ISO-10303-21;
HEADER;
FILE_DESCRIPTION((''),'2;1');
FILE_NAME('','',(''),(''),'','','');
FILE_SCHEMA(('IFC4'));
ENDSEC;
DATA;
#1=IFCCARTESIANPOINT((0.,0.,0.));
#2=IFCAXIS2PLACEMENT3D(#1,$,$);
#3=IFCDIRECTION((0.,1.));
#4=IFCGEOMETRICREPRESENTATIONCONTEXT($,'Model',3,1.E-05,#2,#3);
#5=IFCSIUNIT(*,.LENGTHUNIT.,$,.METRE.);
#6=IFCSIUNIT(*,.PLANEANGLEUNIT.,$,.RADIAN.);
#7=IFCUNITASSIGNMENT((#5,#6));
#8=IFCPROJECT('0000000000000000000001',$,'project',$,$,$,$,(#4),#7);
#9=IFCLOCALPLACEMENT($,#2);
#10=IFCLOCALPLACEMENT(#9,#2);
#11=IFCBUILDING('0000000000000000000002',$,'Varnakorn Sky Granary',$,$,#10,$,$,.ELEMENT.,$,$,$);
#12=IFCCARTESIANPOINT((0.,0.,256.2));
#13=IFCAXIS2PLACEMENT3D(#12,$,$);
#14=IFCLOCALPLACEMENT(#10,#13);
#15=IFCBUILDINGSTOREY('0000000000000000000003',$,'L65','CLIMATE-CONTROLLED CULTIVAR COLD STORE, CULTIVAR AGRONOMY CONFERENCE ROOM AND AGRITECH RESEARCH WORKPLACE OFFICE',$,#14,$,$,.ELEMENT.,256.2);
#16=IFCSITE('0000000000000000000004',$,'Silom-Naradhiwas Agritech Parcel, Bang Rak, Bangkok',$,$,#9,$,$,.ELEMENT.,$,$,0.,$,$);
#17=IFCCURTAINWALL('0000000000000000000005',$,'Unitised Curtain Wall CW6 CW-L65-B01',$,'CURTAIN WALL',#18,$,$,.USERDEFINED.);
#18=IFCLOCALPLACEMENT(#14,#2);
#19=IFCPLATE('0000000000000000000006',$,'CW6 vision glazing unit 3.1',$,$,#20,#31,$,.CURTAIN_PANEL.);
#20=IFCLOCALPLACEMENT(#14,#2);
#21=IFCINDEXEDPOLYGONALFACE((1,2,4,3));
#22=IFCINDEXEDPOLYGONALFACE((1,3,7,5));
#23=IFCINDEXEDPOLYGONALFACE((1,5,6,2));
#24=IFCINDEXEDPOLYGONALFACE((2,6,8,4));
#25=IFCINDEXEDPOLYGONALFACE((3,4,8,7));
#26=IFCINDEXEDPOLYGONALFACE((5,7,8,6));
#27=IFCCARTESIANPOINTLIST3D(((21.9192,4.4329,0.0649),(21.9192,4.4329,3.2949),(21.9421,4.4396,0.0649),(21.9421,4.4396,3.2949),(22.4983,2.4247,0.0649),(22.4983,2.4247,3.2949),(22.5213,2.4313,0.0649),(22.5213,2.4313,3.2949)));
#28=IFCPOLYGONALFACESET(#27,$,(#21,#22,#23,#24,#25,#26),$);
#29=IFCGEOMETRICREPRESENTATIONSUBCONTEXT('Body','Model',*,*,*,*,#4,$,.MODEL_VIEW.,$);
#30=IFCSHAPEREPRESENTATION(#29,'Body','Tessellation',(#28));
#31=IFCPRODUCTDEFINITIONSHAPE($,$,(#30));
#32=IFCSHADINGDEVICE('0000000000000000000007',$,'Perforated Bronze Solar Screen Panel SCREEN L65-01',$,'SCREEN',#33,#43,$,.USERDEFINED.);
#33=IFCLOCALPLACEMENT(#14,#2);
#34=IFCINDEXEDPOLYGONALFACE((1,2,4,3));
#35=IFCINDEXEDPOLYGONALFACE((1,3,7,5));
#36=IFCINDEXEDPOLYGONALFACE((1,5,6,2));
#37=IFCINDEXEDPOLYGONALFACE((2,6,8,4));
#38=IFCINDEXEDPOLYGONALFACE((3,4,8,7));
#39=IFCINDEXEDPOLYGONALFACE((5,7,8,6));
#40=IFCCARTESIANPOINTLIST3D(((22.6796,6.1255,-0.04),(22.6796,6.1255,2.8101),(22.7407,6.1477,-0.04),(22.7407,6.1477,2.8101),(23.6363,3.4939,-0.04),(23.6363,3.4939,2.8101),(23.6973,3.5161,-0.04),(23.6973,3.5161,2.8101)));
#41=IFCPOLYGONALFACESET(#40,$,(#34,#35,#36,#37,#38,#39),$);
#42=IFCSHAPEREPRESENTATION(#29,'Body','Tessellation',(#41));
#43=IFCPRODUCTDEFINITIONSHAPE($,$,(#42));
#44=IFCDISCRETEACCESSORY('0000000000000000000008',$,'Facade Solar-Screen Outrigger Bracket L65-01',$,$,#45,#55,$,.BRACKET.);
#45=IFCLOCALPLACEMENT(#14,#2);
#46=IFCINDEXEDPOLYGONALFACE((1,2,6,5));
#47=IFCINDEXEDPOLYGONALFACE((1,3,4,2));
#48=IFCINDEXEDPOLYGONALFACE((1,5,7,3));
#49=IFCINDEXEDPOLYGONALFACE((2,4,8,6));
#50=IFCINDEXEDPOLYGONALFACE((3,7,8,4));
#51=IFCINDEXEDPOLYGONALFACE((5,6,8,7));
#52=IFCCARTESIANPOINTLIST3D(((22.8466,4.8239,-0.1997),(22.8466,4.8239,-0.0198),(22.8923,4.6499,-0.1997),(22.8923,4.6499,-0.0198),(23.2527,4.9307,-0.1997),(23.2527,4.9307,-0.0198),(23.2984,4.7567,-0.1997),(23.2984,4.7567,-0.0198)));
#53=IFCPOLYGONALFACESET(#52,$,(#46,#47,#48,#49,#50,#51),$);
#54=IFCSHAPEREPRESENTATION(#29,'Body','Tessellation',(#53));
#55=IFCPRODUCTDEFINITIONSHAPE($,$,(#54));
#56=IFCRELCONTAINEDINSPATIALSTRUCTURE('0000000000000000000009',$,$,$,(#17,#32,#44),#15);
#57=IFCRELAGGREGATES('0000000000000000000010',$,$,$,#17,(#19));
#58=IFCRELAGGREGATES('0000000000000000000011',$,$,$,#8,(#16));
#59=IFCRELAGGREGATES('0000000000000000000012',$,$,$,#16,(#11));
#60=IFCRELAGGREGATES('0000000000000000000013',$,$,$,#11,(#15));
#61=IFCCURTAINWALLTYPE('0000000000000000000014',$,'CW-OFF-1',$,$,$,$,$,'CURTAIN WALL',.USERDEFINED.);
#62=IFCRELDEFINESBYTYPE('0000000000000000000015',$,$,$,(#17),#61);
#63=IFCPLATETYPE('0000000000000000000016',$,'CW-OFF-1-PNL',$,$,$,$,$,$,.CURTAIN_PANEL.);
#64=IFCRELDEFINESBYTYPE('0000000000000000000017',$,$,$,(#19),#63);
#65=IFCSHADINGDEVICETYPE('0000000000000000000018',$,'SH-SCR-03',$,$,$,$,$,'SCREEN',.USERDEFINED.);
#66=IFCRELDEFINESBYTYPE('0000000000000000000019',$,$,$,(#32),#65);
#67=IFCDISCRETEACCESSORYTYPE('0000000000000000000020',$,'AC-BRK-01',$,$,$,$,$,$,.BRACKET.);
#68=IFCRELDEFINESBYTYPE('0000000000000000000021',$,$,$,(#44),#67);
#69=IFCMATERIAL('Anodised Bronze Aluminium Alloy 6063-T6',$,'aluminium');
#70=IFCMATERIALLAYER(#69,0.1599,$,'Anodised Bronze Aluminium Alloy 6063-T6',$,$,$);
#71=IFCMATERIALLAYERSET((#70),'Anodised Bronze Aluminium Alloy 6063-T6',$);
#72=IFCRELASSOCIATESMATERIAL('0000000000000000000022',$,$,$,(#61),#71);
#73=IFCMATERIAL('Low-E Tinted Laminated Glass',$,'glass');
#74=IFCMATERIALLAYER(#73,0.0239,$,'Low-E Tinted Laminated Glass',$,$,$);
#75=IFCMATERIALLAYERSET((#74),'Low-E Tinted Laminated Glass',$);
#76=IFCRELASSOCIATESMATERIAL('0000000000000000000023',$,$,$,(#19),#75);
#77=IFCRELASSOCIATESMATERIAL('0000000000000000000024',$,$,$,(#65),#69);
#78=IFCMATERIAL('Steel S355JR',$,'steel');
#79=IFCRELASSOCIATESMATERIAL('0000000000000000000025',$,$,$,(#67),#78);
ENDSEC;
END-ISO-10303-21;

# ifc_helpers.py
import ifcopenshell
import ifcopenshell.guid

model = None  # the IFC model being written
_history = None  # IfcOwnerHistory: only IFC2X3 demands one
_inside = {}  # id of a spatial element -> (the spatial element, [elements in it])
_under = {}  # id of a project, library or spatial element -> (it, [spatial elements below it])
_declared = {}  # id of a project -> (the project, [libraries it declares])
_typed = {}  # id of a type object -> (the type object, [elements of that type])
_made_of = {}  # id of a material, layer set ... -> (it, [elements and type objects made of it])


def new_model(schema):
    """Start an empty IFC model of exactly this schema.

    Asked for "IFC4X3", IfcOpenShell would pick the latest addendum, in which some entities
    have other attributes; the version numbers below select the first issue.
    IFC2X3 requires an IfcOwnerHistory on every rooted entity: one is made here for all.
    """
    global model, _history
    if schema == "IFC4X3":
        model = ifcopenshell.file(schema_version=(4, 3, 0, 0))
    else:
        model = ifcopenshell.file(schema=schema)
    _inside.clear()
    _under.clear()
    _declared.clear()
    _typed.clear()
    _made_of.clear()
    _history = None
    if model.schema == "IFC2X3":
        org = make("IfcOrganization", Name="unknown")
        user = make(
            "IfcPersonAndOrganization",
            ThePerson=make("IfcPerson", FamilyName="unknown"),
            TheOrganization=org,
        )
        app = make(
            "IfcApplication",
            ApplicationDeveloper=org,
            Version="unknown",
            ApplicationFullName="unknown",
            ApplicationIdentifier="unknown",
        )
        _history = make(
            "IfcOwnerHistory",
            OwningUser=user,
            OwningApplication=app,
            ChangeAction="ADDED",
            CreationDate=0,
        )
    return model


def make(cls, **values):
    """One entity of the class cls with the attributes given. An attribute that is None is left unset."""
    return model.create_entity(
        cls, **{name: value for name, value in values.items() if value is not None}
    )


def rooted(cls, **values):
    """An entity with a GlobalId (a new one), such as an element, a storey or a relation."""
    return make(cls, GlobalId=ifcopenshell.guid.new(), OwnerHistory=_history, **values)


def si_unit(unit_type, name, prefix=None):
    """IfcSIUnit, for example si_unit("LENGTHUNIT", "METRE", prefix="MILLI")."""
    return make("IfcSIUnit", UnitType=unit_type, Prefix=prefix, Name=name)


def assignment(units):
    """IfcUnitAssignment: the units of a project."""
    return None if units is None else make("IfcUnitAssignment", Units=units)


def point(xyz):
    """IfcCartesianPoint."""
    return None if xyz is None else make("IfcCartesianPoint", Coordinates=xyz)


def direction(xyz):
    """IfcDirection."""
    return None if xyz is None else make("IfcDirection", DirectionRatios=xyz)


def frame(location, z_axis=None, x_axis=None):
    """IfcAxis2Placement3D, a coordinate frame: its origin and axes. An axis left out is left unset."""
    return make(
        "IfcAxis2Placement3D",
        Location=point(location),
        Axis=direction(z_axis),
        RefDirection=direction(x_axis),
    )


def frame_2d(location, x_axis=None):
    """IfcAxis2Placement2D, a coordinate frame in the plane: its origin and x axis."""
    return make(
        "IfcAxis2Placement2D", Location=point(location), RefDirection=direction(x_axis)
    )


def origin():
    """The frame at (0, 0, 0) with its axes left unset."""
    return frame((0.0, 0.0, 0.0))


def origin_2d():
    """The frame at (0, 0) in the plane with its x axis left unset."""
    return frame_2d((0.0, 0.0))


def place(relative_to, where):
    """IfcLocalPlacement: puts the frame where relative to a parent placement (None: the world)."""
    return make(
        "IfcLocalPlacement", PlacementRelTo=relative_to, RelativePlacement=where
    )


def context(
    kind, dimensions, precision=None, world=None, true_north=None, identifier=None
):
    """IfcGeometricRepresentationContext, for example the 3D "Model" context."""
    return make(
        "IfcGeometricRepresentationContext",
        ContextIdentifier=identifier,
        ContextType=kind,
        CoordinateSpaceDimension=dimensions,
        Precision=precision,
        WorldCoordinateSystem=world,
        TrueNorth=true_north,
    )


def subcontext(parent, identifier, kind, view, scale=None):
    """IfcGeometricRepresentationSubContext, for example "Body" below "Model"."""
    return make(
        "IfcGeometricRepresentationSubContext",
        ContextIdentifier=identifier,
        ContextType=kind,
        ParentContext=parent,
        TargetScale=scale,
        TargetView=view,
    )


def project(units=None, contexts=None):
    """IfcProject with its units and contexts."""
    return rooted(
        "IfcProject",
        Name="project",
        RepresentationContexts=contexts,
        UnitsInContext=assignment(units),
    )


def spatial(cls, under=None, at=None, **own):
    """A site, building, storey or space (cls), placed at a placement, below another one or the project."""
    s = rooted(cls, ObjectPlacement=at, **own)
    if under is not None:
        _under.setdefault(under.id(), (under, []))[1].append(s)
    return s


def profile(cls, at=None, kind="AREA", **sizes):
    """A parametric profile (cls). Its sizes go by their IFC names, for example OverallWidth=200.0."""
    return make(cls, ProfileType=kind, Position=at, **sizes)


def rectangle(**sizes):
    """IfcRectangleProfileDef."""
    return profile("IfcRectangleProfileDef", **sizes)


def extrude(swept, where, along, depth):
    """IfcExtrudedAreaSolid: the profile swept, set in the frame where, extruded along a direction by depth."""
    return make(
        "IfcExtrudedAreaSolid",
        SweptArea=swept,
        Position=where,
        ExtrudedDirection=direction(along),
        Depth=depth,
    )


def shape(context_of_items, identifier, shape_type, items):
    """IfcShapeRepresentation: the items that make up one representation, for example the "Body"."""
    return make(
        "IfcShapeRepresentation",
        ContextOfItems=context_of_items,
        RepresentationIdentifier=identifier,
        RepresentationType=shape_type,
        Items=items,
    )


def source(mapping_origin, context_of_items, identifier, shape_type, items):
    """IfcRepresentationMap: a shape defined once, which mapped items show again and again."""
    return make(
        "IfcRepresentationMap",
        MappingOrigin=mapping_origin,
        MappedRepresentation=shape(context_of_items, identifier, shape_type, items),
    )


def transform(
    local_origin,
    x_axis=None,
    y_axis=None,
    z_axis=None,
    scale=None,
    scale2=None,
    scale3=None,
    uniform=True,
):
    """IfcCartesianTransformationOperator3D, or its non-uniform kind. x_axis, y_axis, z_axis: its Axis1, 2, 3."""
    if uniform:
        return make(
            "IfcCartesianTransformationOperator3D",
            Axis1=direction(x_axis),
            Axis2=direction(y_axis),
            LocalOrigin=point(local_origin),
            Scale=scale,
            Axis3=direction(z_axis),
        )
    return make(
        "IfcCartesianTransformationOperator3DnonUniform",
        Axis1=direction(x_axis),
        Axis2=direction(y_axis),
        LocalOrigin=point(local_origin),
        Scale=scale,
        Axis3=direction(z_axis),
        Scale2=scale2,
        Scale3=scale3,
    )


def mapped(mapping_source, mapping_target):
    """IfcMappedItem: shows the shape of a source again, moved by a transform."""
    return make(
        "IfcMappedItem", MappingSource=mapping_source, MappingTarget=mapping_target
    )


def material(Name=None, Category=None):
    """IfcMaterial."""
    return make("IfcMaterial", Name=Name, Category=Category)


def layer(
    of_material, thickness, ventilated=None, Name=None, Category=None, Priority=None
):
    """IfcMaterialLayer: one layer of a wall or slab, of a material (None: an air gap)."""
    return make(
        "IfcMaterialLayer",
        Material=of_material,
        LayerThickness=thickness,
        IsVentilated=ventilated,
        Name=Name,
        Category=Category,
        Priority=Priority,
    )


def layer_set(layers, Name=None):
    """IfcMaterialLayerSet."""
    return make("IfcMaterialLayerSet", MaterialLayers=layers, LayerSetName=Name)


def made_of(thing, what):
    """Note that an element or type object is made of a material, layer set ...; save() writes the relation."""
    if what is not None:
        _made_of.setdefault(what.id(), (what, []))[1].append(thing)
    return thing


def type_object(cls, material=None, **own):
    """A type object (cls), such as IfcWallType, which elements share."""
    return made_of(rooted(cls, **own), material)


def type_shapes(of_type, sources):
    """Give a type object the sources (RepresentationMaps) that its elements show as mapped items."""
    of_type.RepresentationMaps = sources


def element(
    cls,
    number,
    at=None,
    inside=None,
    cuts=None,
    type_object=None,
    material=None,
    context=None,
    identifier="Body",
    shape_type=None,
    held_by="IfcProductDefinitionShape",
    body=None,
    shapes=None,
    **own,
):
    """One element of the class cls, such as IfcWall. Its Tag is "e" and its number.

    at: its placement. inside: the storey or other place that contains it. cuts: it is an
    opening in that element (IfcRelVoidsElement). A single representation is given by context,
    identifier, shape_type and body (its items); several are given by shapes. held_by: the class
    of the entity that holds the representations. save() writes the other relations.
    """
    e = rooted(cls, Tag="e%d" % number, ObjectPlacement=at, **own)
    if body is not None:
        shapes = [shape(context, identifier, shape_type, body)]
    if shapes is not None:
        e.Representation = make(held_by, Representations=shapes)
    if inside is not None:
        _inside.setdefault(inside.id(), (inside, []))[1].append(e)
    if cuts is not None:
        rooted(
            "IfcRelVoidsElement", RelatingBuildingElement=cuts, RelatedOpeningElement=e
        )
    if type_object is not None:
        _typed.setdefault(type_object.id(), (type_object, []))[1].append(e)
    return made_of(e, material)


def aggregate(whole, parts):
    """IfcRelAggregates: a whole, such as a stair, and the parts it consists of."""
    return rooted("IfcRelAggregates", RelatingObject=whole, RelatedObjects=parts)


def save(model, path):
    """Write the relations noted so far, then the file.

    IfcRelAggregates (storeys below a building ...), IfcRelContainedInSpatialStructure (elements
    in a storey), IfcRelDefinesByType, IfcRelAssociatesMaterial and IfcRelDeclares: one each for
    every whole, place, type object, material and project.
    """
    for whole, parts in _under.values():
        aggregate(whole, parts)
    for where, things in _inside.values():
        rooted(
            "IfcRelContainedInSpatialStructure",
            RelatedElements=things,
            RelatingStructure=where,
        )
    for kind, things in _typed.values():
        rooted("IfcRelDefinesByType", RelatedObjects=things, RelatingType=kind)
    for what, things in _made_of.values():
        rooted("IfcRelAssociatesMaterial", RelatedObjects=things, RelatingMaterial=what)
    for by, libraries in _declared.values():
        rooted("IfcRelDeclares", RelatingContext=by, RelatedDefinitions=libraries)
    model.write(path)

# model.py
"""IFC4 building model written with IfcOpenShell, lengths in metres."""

from ifc_helpers import new_model, si_unit, direction, frame, origin, origin_2d, place, context, subcontext, project, spatial, rectangle, extrude, source, transform, mapped, material, layer, layer_set, type_object, type_shapes, element, aggregate, save


model = new_model("IFC4")

# Units and contexts
model_context = context("Model", 3, precision=1e-05, world=origin(), true_north=direction((0.0, 1.0)))
body_context = subcontext(model_context, "Body", "Model", "MODEL_VIEW")
ifc_project = project(units=[si_unit("LENGTHUNIT", "METRE"), si_unit("PLANEANGLEUNIT", "RADIAN")], contexts=[model_context])

# Site, building, storey
site_placement = place(None, origin())
site = spatial("IfcSite", under=ifc_project, at=site_placement, Name="Silom-Naradhiwas Agritech Parcel, Bang Rak, Bangkok", CompositionType="ELEMENT", RefElevation=0.0)
building_placement = place(site_placement, origin())
building = spatial("IfcBuilding", under=site, at=building_placement, Name="Varnakorn Sky Granary", CompositionType="ELEMENT")
storey_placement = place(building_placement, frame((0.0, 0.0, 256.2)))
storey = spatial("IfcBuildingStorey", under=building, at=storey_placement, Name="L65", Description="CLIMATE-CONTROLLED CULTIVAR COLD STORE, CULTIVAR AGRONOMY CONFERENCE ROOM AND AGRITECH RESEARCH WORKPLACE OFFICE", CompositionType="ELEMENT", Elevation=256.2)

# Curtain wall
ifc_material_1 = material(Name="Anodised Bronze Aluminium Alloy 6063-T6", Category="aluminium")
ifc_layer_1 = layer(ifc_material_1, 0.1599, Name="Anodised Bronze Aluminium Alloy 6063-T6")
ifc_layer_set_1 = layer_set([ifc_layer_1], Name="Anodised Bronze Aluminium Alloy 6063-T6")
curtain_wall_type = type_object("IfcCurtainWallType", Name="CW-OFF-1", ElementType="CURTAIN WALL", PredefinedType="USERDEFINED", material=ifc_layer_set_1)
curtain_wall_placement = place(storey_placement, origin())
curtain_wall = element("IfcCurtainWall", 1, at=curtain_wall_placement, inside=storey, type_object=curtain_wall_type, Name="Unitised Curtain Wall CW6 CW-L65-B01", ObjectType="CURTAIN WALL", PredefinedType="USERDEFINED")

# Plate
plate_type = type_object("IfcPlateType", Name="CW-OFF-1-PNL", PredefinedType="CURTAIN_PANEL")
ifc_material_2 = material(Name="Low-E Tinted Laminated Glass", Category="glass")
ifc_layer_2 = layer(ifc_material_2, 0.0239, Name="Low-E Tinted Laminated Glass")
ifc_layer_set_2 = layer_set([ifc_layer_2], Name="Low-E Tinted Laminated Glass")
shared_shape_1 = source(origin(), body_context, "Body", "SweptSolid", [
    extrude(rectangle(XDim=2.0901, YDim=0.0239, at=origin_2d()), origin(), (0.0, 0.0, 1.0), 3.23),
])
plate_1_placement = place(storey_placement, frame((22.2202, 3.4321, 0.0649), z_axis=(0.0, 0.0, 1.0), x_axis=(0.277084, -0.960846, 0.0)))
plate_1 = element("IfcPlate", 2, at=plate_1_placement, type_object=plate_type, material=ifc_layer_set_2, Name="CW6 vision glazing unit 3.1", PredefinedType="CURTAIN_PANEL", context=body_context, shape_type="MappedRepresentation", body=[
    mapped(shared_shape_1, transform((0.0, 0.0, 0.0), x_axis=(1.0, 0.0, 0.0), y_axis=(0.0, 1.0, 0.0), z_axis=(0.0, 0.0, 1.0), scale=1.0)),
])
aggregate(curtain_wall, [plate_1])

# Shading device
shading_device_type = type_object("IfcShadingDeviceType", Name="SH-SCR-03", ElementType="SCREEN", PredefinedType="USERDEFINED", material=ifc_material_1)
shared_shape_2 = source(origin(), body_context, "Body", "SweptSolid", [
    extrude(rectangle(XDim=2.8, YDim=0.0649, at=origin_2d()), origin(), (0.0, 0.0, 1.0), 2.8501),
])
type_shapes(shading_device_type, [shared_shape_2])
shading_device_placement = place(storey_placement, frame((23.1885, 4.8208, -0.04), z_axis=(0.0, 0.0, 1.0), x_axis=(-0.341666, 0.939821, 0.0)))
element("IfcShadingDevice", 3, at=shading_device_placement, inside=storey, type_object=shading_device_type, Name="Perforated Bronze Solar Screen Panel SCREEN L65-01", ObjectType="SCREEN", PredefinedType="USERDEFINED", context=body_context, shape_type="MappedRepresentation", body=[
    mapped(shared_shape_2, transform((0.0, 0.0, 0.0), x_axis=(1.0, 0.0, 0.0), y_axis=(0.0, 1.0, 0.0), z_axis=(0.0, 0.0, 1.0), scale=1.0)),
])

# Discrete accessory
ifc_material_3 = material(Name="Steel S355JR", Category="steel")
discrete_accessory_type = type_object("IfcDiscreteAccessoryType", Name="AC-BRK-01", PredefinedType="BRACKET", material=ifc_material_3)
shared_shape_3 = source(origin(), body_context, "Body", "SweptSolid", [
    extrude(rectangle(XDim=0.1799, YDim=0.4199, at=origin_2d()), origin(), (0.0, 0.0, 1.0), 0.1799),
])
type_shapes(discrete_accessory_type, [shared_shape_3])
discrete_accessory_placement = place(storey_placement, frame((23.0725, 4.7903, -0.1997), z_axis=(0.0, 0.0, 1.0), x_axis=(-0.254238, 0.967142, 0.0)))
element("IfcDiscreteAccessory", 4, at=discrete_accessory_placement, inside=storey, type_object=discrete_accessory_type, Name="Facade Solar-Screen Outrigger Bracket L65-01", PredefinedType="BRACKET", context=body_context, shape_type="MappedRepresentation", body=[
    mapped(shared_shape_3, transform((0.0, 0.0, 0.0), x_axis=(1.0, 0.0, 0.0), y_axis=(0.0, 1.0, 0.0), z_axis=(0.0, 0.0, 1.0), scale=1.0)),
])

save(model, "model.ifc")
